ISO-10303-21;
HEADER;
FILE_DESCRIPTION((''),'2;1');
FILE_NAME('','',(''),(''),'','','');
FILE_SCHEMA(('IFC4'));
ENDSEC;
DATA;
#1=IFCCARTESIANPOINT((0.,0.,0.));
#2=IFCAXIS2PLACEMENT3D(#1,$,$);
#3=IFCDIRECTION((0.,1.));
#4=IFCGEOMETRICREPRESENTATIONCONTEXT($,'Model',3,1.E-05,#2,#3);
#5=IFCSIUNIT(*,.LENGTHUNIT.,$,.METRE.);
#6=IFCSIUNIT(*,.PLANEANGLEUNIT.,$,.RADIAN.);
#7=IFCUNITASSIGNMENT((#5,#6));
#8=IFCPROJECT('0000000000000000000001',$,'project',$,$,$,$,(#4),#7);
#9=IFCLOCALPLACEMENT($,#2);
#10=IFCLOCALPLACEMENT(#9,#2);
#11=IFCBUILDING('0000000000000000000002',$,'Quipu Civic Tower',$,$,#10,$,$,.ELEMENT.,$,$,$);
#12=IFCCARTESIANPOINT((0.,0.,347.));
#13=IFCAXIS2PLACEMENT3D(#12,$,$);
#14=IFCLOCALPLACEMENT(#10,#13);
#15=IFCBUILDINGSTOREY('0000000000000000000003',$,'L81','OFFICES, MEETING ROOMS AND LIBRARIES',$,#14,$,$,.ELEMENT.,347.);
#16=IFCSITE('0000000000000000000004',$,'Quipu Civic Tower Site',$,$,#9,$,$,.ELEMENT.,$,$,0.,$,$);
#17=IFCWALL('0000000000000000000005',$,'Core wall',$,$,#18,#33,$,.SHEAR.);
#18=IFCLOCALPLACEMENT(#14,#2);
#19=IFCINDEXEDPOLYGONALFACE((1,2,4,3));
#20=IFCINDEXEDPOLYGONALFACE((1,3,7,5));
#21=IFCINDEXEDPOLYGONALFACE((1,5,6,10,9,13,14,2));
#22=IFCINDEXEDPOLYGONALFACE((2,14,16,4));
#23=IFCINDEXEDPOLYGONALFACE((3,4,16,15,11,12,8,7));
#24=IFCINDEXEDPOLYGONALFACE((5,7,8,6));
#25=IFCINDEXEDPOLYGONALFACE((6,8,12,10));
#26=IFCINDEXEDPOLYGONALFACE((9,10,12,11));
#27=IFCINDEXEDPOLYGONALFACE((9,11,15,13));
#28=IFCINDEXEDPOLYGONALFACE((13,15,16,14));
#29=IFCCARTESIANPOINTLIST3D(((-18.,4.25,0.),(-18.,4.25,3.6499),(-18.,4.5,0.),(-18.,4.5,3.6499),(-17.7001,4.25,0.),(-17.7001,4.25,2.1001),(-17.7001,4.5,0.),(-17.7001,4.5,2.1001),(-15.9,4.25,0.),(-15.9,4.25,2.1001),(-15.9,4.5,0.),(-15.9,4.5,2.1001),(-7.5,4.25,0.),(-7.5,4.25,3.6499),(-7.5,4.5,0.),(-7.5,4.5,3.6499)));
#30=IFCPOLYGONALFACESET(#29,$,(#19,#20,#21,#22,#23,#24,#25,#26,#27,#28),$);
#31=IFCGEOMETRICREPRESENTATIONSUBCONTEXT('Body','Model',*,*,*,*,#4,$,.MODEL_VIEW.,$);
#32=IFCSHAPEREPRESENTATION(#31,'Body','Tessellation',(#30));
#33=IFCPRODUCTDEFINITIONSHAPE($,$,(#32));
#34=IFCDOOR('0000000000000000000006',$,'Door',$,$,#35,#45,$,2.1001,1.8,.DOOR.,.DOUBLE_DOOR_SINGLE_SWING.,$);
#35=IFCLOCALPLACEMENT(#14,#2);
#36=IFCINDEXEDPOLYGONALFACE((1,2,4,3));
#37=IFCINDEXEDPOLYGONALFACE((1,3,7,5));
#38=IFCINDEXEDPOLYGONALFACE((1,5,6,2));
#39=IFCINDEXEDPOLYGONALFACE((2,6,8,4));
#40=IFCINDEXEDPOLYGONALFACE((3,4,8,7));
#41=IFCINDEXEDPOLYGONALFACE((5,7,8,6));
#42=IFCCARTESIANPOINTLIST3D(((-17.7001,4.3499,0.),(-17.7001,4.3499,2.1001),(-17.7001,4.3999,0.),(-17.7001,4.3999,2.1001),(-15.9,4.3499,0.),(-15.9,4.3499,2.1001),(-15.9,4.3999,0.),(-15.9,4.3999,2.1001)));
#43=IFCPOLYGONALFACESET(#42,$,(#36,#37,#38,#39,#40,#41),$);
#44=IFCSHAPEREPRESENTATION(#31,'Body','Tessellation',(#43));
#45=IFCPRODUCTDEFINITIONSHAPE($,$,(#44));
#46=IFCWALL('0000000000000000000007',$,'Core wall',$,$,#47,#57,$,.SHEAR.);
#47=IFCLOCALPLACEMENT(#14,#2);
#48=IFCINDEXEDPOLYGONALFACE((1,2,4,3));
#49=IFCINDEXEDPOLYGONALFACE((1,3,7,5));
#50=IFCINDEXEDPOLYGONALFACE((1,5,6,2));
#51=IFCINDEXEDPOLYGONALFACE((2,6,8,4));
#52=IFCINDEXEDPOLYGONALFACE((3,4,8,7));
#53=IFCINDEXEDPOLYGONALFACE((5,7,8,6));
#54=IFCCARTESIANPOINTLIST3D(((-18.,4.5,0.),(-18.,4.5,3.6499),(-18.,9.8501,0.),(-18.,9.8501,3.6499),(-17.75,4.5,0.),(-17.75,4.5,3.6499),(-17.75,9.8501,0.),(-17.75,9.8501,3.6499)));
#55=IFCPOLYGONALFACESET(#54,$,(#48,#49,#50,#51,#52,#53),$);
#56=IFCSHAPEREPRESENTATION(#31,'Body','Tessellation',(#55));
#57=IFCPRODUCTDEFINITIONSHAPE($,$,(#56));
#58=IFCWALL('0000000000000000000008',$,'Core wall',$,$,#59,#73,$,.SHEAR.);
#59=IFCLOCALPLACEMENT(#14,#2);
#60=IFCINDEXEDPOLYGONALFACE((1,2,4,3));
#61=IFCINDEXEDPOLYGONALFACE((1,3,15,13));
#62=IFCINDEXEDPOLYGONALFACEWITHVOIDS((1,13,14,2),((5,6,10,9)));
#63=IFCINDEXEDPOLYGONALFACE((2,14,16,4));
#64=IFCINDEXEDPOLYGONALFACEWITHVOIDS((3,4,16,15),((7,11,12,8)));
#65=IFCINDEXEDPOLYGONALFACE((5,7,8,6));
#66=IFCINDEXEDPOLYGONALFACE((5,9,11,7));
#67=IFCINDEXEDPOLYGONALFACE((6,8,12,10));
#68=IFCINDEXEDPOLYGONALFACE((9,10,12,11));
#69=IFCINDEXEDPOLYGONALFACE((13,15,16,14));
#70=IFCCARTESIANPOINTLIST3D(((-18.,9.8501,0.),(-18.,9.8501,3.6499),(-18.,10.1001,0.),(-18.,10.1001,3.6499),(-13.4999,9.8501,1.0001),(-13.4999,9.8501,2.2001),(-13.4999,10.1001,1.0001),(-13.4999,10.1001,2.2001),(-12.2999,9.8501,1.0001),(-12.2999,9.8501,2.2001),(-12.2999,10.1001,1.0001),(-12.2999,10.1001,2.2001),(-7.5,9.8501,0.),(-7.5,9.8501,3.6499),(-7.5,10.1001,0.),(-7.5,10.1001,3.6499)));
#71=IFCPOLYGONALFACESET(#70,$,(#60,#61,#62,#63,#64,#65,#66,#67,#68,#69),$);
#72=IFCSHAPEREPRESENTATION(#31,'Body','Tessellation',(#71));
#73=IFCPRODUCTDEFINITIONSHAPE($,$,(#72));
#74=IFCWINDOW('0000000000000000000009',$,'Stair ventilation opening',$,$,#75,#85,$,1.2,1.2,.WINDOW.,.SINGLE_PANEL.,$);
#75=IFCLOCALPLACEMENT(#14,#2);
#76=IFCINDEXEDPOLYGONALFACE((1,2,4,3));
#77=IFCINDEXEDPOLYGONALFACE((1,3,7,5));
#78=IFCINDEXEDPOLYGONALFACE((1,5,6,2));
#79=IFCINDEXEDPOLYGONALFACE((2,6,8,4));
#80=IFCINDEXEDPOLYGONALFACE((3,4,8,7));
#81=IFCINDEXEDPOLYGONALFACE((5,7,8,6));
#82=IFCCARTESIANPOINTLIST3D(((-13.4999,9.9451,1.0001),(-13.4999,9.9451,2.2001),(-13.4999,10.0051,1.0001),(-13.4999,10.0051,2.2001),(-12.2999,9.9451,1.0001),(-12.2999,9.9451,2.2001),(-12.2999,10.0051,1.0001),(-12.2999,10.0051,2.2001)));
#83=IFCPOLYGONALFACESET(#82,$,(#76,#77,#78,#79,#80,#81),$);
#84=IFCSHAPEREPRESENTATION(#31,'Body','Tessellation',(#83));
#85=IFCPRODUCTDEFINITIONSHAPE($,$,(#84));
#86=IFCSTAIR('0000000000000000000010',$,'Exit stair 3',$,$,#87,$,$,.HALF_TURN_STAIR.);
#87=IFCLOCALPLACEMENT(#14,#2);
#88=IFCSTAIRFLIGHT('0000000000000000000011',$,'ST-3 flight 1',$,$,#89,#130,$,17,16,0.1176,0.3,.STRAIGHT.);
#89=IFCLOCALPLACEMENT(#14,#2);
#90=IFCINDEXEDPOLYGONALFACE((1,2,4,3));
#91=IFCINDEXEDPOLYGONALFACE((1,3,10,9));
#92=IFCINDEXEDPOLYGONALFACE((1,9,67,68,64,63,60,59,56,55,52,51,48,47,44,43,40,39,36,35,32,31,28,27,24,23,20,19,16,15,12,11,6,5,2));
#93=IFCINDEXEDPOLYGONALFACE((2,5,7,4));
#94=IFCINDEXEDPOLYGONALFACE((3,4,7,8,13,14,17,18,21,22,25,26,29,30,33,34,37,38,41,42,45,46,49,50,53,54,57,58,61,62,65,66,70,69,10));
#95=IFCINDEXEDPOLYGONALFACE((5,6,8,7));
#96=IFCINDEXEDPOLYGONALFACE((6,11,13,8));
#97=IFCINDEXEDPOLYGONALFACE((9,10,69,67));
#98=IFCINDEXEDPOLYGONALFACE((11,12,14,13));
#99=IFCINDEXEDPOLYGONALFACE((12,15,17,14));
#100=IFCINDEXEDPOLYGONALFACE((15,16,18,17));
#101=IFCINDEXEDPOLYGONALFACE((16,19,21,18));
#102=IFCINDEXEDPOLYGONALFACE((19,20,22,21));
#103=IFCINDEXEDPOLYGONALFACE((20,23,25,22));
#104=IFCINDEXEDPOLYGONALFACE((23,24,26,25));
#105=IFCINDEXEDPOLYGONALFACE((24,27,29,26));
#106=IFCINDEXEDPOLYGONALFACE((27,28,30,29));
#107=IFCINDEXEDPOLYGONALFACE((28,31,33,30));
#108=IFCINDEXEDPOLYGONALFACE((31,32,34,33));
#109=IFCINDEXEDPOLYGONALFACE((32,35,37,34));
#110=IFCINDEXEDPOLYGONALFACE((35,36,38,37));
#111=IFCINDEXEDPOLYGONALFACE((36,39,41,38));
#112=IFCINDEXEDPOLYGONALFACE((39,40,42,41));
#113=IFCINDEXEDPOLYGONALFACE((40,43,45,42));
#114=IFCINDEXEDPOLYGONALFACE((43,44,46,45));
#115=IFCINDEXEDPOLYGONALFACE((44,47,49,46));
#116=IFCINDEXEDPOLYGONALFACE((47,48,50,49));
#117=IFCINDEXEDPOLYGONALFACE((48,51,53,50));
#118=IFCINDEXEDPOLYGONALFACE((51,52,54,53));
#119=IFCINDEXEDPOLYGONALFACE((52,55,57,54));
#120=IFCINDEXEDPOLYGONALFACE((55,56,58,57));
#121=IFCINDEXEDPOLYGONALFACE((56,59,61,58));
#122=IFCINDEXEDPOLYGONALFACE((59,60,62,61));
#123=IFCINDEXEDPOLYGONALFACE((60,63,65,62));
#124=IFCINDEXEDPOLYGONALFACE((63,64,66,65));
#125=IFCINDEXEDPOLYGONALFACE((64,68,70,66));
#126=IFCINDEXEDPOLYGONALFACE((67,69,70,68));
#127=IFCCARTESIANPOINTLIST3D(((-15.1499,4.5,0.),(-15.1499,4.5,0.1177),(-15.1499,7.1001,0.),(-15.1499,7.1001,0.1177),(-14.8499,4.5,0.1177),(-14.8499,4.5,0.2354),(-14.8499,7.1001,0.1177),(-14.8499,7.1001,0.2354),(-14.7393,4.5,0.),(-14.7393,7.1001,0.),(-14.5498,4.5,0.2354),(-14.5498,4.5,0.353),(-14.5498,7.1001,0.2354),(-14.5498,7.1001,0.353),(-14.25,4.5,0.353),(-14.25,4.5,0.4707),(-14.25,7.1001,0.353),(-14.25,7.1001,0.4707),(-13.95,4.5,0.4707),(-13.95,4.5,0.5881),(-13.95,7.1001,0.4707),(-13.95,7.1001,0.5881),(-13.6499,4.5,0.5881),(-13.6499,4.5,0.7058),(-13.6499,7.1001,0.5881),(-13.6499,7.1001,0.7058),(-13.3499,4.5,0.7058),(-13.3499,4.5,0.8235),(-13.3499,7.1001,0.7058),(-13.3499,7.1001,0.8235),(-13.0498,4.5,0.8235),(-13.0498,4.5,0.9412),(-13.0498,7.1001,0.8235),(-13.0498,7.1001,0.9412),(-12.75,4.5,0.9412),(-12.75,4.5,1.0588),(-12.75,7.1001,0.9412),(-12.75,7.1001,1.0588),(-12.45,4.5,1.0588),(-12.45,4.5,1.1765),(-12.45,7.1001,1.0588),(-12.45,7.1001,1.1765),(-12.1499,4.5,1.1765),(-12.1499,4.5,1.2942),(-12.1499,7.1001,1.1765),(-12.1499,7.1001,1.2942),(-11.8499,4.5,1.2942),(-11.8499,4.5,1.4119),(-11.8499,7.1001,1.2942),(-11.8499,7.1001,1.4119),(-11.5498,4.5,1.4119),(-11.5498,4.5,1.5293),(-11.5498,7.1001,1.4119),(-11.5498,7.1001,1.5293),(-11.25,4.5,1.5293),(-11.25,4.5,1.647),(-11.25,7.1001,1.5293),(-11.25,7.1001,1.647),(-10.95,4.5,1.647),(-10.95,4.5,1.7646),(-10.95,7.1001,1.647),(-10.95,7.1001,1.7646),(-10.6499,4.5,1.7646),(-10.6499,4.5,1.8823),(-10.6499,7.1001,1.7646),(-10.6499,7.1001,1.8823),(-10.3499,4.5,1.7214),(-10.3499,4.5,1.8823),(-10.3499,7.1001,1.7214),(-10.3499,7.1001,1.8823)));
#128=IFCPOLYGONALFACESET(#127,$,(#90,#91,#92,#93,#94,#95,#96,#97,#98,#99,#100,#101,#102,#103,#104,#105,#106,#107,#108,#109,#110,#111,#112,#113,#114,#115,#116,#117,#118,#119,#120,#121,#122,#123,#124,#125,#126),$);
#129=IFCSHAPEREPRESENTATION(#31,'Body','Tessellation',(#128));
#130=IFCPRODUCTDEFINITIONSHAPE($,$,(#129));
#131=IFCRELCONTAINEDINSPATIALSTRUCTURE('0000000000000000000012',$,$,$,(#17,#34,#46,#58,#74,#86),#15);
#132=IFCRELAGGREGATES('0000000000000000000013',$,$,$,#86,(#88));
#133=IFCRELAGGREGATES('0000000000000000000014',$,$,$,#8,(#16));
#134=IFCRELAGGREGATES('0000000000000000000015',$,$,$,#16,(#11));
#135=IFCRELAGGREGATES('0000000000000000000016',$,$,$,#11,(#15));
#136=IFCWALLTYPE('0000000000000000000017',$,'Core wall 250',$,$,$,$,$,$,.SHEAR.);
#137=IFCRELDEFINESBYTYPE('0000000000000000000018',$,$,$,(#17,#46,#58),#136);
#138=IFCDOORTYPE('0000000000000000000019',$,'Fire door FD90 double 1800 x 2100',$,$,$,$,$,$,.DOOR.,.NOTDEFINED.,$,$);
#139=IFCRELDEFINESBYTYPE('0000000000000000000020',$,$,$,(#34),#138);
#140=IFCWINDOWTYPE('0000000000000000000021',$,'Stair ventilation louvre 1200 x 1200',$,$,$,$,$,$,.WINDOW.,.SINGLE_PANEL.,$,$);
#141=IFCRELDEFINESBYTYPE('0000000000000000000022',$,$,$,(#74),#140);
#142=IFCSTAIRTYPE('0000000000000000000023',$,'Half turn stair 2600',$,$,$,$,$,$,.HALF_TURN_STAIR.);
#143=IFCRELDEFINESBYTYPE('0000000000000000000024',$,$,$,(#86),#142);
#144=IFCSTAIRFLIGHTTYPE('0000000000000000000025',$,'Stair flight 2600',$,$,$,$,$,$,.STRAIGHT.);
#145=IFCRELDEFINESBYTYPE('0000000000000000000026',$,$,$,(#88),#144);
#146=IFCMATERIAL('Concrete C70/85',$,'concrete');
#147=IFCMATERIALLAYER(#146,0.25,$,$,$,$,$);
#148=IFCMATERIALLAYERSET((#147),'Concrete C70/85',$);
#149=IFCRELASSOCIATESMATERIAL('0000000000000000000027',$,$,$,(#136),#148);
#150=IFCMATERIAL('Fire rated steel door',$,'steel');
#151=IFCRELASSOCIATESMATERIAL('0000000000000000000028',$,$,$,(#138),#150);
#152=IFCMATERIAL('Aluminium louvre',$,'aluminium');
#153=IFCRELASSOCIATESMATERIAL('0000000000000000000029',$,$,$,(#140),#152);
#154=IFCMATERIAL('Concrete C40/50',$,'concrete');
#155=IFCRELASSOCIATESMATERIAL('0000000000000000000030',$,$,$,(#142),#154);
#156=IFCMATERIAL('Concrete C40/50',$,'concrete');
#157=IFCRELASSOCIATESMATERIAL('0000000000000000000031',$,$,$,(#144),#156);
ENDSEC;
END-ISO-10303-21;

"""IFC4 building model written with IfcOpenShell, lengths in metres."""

from ifc_helpers import new_model, si_unit, direction, frame, frame_2d, origin, place, context, subcontext, project, spatial, polyline, rectangle, outline, extrude, material, layer, layer_set, type_object, element, fill, aggregate, save


model = new_model("IFC4")

# Units and contexts
model_context = context("Model", 3, precision=1e-05, world=origin(), true_north=direction((0.0, 1.0)))
body_context = subcontext(model_context, "Body", "Model", "MODEL_VIEW")
ifc_project = project(units=[si_unit("LENGTHUNIT", "METRE"), si_unit("PLANEANGLEUNIT", "RADIAN")], contexts=[model_context])

# Site, building, storey
site_placement = place(None, origin())
site = spatial("IfcSite", under=ifc_project, at=site_placement, Name="Quipu Civic Tower Site", CompositionType="ELEMENT", RefElevation=0.0)
building_placement = place(site_placement, origin())
building = spatial("IfcBuilding", under=site, at=building_placement, Name="Quipu Civic Tower", CompositionType="ELEMENT")
storey_placement = place(building_placement, frame((0.0, 0.0, 347.0)))
storey = spatial("IfcBuildingStorey", under=building, at=storey_placement, Name="L81", Description="OFFICES, MEETING ROOMS AND LIBRARIES", CompositionType="ELEMENT", Elevation=347.0)

# Shared definitions
ifc_material_1 = material(Name="Concrete C70/85", Category="concrete")
ifc_layer_1 = layer(ifc_material_1, 0.25)
ifc_layer_set_1 = layer_set([ifc_layer_1], Name="Concrete C70/85")
wall_type = type_object("IfcWallType", Name="Core wall 250", PredefinedType="SHEAR", material=ifc_layer_set_1)

# Wall, opening, door
wall_1_placement = place(storey_placement, frame((-18.0, 4.375, 0.0), z_axis=(0.0, 0.0, 1.0), x_axis=(1.0, 0.0, 0.0)))
wall_1 = element("IfcWall", 1, at=wall_1_placement, inside=storey, type_object=wall_type, Name="Core wall", PredefinedType="SHEAR", context=body_context, shape_type="SweptSolid", body=[
    extrude(rectangle(XDim=10.5, YDim=0.25, at=frame_2d((5.25, 0.0))), origin(), (0.0, 0.0, 1.0), 3.6499),
])
opening_1_placement = place(wall_1_placement, frame((0.3, 0.0, 0.0)))
opening_1 = element("IfcOpeningElement", 2, at=opening_1_placement, cuts=wall_1, PredefinedType="OPENING", context=body_context, shape_type="SweptSolid", body=[
    extrude(rectangle(XDim=1.8, YDim=2.1001, at=frame_2d((0.8999, 1.05))), frame((0.0, 0.135, 0.0), z_axis=(0.0, -1.0, 0.0), x_axis=(1.0, 0.0, 0.0)), (0.0, 0.0, 1.0), 0.27),
])
ifc_material_2 = material(Name="Fire rated steel door", Category="steel")
door_type = type_object("IfcDoorType", Name="Fire door FD90 double 1800 x 2100", OperationType="NOTDEFINED", PredefinedType="DOOR", material=ifc_material_2)
door_placement = place(opening_1_placement, origin())
door = element("IfcDoor", 3, at=door_placement, inside=storey, type_object=door_type, Name="Door", OperationType="DOUBLE_DOOR_SINGLE_SWING", OverallHeight=2.1001, OverallWidth=1.8, PredefinedType="DOOR", context=body_context, shape_type="SweptSolid", body=[
    extrude(rectangle(XDim=1.8, YDim=2.1001, at=frame_2d((0.8999, 1.05))), frame((0.0, 0.0249, 0.0), z_axis=(0.0, -1.0, 0.0), x_axis=(1.0, 0.0, 0.0)), (0.0, 0.0, 1.0), 0.05),
])
fill(opening_1, door)

# Wall
wall_2_placement = place(storey_placement, frame((-17.875, 4.5, 0.0), z_axis=(0.0, 0.0, 1.0), x_axis=(0.0, 1.0, 0.0)))
element("IfcWall", 4, at=wall_2_placement, inside=storey, type_object=wall_type, Name="Core wall", PredefinedType="SHEAR", context=body_context, shape_type="SweptSolid", body=[
    extrude(rectangle(XDim=5.3501, YDim=0.25, at=frame_2d((2.675, 0.0))), origin(), (0.0, 0.0, 1.0), 3.6499),
])

# Wall, opening, window
wall_3_placement = place(storey_placement, frame((-18.0, 9.9751, 0.0), z_axis=(0.0, 0.0, 1.0), x_axis=(1.0, 0.0, 0.0)))
wall_3 = element("IfcWall", 5, at=wall_3_placement, inside=storey, type_object=wall_type, Name="Core wall", PredefinedType="SHEAR", context=body_context, shape_type="SweptSolid", body=[
    extrude(rectangle(XDim=10.5, YDim=0.25, at=frame_2d((5.25, 0.0))), origin(), (0.0, 0.0, 1.0), 3.6499),
])
opening_2_placement = place(wall_3_placement, frame((4.5, 0.0, 1.0)))
opening_2 = element("IfcOpeningElement", 6, at=opening_2_placement, cuts=wall_3, PredefinedType="OPENING", context=body_context, shape_type="SweptSolid", body=[
    extrude(rectangle(XDim=1.2, YDim=1.2, at=frame_2d((0.6001, 0.6001))), frame((0.0, 0.135, 0.0), z_axis=(0.0, -1.0, 0.0), x_axis=(1.0, 0.0, 0.0)), (0.0, 0.0, 1.0), 0.27),
])
ifc_material_3 = material(Name="Aluminium louvre", Category="aluminium")
window_type = type_object("IfcWindowType", Name="Stair ventilation louvre 1200 x 1200", PartitioningType="SINGLE_PANEL", PredefinedType="WINDOW", material=ifc_material_3)
window_placement = place(opening_2_placement, origin())
window = element("IfcWindow", 7, at=window_placement, inside=storey, type_object=window_type, Name="Stair ventilation opening", OverallHeight=1.2, OverallWidth=1.2, PartitioningType="SINGLE_PANEL", PredefinedType="WINDOW", context=body_context, shape_type="SweptSolid", body=[
    extrude(rectangle(XDim=1.2, YDim=1.2, at=frame_2d((0.6001, 0.6001))), frame((0.0, 0.03, 0.0), z_axis=(0.0, -1.0, 0.0), x_axis=(1.0, 0.0, 0.0)), (0.0, 0.0, 1.0), 0.0601),
])
fill(opening_2, window)

# Stair, stair flight
ifc_material_4 = material(Name="Concrete C40/50", Category="concrete")
stair_type = type_object("IfcStairType", Name="Half turn stair 2600", PredefinedType="HALF_TURN_STAIR", material=ifc_material_4)
stair_placement = place(storey_placement, origin())
stair = element("IfcStair", 8, at=stair_placement, inside=storey, type_object=stair_type, Name="Exit stair 3", PredefinedType="HALF_TURN_STAIR")
ifc_material_5 = material(Name="Concrete C40/50", Category="concrete")
stair_flight_type = type_object("IfcStairFlightType", Name="Stair flight 2600", PredefinedType="STRAIGHT", material=ifc_material_5)
stair_flight_placement = place(storey_placement, frame((-15.1499, 5.8, 0.0), z_axis=(0.0, 0.0, 1.0), x_axis=(1.0, 0.0, 0.0)))
stair_flight = element("IfcStairFlight", 9, at=stair_flight_placement, type_object=stair_flight_type, Name="ST-3 flight 1", NumberOfRisers=17, NumberOfTreads=16, PredefinedType="STRAIGHT", RiserHeight=0.1176, TreadLength=0.3, context=body_context, shape_type="SweptSolid", body=[
    extrude(outline(polyline([(0.0, 0.0), (0.0, 0.1177), (0.3, 0.1177), (0.3, 0.2354), (0.6001, 0.2354), (0.6001, 0.353), (0.8999, 0.353), (0.8999, 0.4707), (1.2, 0.4707), (1.2, 0.5881), (1.5, 0.5881), (1.5, 0.7058), (1.8, 0.7058), (1.8, 0.8235), (2.1001, 0.8235), (2.1001, 0.9412), (2.3999, 0.9412), (2.3999, 1.0588), (2.7, 1.0588), (2.7, 1.1765), (3.0, 1.1765), (3.0, 1.2942), (3.3, 1.2942), (3.3, 1.4119), (3.6001, 1.4119), (3.6001, 1.5293), (3.8999, 1.5293), (3.8999, 1.647), (4.2, 1.647), (4.2, 1.7646), (4.5, 1.7646), (4.5, 1.8823), (4.8, 1.8823), (4.8, 2.0), (4.8, 1.7214), (0.4106, 0.0), (0.0, 0.0)])), frame((0.0, 1.3, 0.0), z_axis=(0.0, -1.0, 0.0), x_axis=(1.0, 0.0, 0.0)), (0.0, 0.0, 1.0), 2.6001),
])
aggregate(stair, [stair_flight])

save(model, "model.ifc")
